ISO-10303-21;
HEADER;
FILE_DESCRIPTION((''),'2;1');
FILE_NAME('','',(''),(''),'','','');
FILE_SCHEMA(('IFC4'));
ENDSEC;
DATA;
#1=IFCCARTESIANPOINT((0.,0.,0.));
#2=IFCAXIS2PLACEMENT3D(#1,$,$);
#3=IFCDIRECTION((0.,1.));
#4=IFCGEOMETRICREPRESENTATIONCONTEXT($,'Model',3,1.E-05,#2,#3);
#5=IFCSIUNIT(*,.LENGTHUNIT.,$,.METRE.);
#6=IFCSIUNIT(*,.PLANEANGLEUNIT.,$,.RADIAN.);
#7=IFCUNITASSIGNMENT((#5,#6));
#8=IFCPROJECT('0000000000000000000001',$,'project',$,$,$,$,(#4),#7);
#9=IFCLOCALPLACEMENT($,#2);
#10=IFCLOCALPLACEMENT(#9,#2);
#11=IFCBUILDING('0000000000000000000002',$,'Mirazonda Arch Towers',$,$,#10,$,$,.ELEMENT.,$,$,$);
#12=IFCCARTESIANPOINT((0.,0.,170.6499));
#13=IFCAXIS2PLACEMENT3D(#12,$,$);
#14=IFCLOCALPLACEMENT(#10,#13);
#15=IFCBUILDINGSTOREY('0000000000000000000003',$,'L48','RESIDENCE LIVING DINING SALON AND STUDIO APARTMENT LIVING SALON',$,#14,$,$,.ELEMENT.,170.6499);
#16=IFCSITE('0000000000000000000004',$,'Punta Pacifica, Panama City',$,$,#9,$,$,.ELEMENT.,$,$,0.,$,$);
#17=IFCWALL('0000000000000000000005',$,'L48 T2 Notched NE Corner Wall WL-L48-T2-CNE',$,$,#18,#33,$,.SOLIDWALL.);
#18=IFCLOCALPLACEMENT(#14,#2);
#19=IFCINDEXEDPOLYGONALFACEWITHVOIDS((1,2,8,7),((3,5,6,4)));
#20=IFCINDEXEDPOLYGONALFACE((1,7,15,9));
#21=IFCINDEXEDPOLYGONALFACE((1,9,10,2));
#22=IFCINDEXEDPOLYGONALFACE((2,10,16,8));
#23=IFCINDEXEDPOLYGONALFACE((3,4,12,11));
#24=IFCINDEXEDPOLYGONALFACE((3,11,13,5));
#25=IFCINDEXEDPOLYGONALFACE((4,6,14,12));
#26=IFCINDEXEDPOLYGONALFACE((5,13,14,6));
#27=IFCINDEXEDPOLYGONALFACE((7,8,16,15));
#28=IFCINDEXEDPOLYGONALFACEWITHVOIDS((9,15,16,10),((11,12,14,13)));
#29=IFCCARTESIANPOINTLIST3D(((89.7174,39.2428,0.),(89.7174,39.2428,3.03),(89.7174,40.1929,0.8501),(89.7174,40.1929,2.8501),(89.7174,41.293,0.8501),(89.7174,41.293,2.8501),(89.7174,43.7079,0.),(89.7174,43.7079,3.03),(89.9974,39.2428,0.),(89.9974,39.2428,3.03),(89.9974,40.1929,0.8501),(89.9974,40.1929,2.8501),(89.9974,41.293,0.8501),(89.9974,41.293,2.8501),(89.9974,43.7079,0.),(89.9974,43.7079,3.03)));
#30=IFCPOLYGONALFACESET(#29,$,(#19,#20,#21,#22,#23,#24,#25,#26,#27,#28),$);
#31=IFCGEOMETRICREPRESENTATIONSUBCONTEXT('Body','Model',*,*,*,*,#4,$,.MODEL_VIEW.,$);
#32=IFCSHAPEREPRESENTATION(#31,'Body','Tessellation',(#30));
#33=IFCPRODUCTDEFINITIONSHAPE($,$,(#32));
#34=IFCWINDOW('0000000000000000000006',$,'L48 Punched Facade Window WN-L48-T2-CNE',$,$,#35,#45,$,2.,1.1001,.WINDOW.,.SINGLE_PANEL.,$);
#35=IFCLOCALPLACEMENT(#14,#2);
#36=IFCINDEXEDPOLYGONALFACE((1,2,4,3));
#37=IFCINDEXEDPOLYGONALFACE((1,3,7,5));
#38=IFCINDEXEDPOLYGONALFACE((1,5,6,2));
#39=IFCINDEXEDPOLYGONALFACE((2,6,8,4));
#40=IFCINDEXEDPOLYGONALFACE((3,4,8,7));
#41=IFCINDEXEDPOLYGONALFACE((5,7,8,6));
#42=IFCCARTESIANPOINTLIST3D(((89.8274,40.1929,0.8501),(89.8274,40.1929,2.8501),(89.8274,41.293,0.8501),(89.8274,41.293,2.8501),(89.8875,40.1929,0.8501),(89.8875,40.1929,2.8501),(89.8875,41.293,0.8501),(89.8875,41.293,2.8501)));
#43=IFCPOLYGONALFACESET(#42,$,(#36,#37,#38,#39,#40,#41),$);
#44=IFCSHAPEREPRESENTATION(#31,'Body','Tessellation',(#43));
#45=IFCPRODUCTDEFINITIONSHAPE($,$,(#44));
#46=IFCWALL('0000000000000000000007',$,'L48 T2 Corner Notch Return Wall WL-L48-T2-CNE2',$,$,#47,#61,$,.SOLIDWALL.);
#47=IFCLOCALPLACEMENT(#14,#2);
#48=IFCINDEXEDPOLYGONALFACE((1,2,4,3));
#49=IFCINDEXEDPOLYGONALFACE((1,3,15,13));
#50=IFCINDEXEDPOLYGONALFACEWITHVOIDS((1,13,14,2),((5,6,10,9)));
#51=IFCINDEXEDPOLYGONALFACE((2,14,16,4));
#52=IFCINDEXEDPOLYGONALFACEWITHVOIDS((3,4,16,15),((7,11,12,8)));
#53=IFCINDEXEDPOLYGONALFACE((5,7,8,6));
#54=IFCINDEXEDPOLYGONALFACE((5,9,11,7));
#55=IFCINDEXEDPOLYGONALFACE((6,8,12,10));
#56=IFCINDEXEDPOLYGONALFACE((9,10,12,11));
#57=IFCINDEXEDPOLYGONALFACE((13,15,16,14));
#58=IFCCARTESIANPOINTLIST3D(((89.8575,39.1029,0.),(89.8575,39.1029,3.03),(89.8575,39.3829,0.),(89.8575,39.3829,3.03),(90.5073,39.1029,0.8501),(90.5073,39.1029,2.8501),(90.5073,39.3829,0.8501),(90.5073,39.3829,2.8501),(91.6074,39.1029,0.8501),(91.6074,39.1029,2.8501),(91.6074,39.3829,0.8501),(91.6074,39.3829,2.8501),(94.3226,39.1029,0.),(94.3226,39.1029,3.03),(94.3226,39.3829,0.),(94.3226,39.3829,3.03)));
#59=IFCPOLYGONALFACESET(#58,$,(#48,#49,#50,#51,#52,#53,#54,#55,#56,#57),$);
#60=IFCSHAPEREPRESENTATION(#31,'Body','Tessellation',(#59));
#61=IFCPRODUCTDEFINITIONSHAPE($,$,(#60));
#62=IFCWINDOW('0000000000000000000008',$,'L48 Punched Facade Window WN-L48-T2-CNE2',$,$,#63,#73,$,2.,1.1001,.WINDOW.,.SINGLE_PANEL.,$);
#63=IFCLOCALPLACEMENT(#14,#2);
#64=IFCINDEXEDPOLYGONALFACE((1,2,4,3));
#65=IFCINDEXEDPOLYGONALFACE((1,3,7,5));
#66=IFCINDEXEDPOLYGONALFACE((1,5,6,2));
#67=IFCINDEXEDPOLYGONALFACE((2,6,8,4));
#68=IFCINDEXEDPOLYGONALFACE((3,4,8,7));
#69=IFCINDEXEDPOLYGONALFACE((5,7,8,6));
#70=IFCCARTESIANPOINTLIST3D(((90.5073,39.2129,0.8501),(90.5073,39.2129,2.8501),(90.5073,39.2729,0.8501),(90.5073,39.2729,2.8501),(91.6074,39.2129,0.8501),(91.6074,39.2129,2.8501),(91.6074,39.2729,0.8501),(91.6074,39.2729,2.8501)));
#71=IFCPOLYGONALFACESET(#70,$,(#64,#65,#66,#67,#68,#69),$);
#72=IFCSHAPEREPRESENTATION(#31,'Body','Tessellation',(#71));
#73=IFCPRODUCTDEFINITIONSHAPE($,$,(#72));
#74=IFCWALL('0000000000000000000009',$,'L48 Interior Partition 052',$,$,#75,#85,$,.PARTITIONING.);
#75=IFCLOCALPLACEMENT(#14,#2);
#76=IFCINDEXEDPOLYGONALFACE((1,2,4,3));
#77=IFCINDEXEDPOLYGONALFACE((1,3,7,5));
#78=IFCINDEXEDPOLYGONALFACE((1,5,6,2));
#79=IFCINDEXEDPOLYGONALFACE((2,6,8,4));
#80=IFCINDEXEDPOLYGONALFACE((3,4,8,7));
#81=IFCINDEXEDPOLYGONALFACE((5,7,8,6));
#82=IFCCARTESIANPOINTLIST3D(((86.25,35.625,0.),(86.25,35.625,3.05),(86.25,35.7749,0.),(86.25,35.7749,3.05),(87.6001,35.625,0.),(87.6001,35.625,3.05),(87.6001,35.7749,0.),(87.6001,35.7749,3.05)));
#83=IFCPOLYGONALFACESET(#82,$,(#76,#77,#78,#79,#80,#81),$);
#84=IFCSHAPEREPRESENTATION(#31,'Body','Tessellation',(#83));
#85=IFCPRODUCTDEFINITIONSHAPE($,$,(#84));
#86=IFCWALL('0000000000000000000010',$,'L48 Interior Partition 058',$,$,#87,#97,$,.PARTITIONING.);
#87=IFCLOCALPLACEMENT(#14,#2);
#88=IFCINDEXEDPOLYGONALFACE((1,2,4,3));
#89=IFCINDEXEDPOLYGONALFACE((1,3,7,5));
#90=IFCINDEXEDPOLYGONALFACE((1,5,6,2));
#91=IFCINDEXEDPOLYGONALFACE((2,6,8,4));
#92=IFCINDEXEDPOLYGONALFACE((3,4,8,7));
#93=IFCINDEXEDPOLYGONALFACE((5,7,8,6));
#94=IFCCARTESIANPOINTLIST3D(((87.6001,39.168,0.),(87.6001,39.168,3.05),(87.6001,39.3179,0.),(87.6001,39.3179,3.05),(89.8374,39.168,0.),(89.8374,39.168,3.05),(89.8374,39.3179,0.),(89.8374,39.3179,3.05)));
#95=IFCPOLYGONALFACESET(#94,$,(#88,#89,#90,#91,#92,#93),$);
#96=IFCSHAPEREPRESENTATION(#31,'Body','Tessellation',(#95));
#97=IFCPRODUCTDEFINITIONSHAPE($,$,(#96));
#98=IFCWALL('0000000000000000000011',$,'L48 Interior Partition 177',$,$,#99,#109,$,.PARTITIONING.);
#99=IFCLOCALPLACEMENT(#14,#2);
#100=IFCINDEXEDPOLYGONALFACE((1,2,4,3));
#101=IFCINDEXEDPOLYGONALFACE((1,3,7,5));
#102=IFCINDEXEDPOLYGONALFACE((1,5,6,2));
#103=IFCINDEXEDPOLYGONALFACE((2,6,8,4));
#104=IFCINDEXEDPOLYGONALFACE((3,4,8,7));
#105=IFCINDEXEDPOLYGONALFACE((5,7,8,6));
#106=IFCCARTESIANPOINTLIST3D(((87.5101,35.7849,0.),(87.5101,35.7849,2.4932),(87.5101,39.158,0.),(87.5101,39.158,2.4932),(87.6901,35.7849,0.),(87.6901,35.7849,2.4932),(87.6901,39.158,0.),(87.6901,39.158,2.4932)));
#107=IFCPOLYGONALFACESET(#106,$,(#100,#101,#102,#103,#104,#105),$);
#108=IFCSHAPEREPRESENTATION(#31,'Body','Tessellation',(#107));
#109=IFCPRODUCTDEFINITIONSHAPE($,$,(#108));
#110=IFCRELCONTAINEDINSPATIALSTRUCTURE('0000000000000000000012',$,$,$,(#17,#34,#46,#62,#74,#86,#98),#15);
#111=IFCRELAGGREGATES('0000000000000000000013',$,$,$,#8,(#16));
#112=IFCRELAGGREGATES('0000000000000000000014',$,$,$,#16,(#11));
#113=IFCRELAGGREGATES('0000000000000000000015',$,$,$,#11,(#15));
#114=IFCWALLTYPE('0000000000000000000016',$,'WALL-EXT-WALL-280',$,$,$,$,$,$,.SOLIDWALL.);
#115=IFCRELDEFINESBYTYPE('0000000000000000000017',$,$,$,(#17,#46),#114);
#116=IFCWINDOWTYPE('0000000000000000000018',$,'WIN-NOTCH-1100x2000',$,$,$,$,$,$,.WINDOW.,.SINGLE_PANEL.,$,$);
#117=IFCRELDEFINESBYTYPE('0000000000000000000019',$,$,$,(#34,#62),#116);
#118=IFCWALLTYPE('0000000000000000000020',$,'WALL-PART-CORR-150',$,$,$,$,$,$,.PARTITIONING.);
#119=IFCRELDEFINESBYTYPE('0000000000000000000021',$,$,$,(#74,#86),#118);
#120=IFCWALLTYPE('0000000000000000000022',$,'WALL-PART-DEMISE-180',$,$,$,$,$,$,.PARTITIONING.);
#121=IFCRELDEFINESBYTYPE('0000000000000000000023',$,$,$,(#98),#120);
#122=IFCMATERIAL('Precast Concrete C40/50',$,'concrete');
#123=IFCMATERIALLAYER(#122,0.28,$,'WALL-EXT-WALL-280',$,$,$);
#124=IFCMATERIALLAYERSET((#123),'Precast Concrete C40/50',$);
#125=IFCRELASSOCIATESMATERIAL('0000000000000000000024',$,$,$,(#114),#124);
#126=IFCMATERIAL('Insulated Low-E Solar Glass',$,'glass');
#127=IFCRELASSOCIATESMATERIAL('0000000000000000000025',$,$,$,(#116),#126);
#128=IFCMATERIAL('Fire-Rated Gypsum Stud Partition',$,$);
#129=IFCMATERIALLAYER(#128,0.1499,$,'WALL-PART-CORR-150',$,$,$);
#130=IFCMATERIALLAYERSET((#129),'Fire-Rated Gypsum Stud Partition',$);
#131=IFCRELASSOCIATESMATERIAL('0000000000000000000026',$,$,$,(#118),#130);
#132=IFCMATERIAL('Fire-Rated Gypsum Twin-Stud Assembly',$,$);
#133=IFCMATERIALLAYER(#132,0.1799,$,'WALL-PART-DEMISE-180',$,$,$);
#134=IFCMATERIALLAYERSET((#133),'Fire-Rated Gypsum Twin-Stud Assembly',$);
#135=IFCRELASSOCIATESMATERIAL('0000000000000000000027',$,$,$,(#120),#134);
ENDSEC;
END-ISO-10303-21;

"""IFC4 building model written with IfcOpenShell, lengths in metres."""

from ifc_helpers import new_model, si_unit, direction, frame, frame_2d, origin, place, context, subcontext, project, spatial, rectangle, extrude, material, layer, layer_set, type_object, element, fill, save


model = new_model("IFC4")

# Units and contexts
model_context = context("Model", 3, precision=1e-05, world=origin(), true_north=direction((0.0, 1.0)))
body_context = subcontext(model_context, "Body", "Model", "MODEL_VIEW")
ifc_project = project(units=[si_unit("LENGTHUNIT", "METRE"), si_unit("PLANEANGLEUNIT", "RADIAN")], contexts=[model_context])

# Site, building, storey
site_placement = place(None, origin())
site = spatial("IfcSite", under=ifc_project, at=site_placement, Name="Punta Pacifica, Panama City", CompositionType="ELEMENT", RefElevation=0.0)
building_placement = place(site_placement, origin())
building = spatial("IfcBuilding", under=site, at=building_placement, Name="Mirazonda Arch Towers", CompositionType="ELEMENT")
storey_placement = place(building_placement, frame((0.0, 0.0, 170.6499)))
storey = spatial("IfcBuildingStorey", under=building, at=storey_placement, Name="L48", Description="RESIDENCE LIVING DINING SALON AND STUDIO APARTMENT LIVING SALON", CompositionType="ELEMENT", Elevation=170.6499)

# Shared definitions
ifc_material_1 = material(Name="Insulated Low-E Solar Glass", Category="glass")

# Walls, openings, windows
ifc_material_2 = material(Name="Precast Concrete C40/50", Category="concrete")
ifc_layer_1 = layer(ifc_material_2, 0.28, Name="WALL-EXT-WALL-280")
ifc_layer_set_1 = layer_set([ifc_layer_1], Name="Precast Concrete C40/50")
wall_type_1 = type_object("IfcWallType", Name="WALL-EXT-WALL-280", PredefinedType="SOLIDWALL", material=ifc_layer_set_1)
wall_1_placement = place(storey_placement, frame((89.8574, 39.2429, 0.0), z_axis=(0.0, 0.0, 1.0), x_axis=(0.0, 1.0, 0.0)))
wall_1 = element("IfcWall", 1, at=wall_1_placement, inside=storey, type_object=wall_type_1, Name="L48 T2 Notched NE Corner Wall WL-L48-T2-CNE", PredefinedType="SOLIDWALL", context=body_context, shape_type="SweptSolid", body=[
    extrude(rectangle(XDim=4.4651, YDim=0.28, at=frame_2d((2.2324, 0.0))), origin(), (0.0, 0.0, 1.0), 3.03),
])
opening_1_placement = place(wall_1_placement, frame((0.95, 0.0, 0.8501)))
opening_1 = element("IfcOpeningElement", 2, at=opening_1_placement, cuts=wall_1, PredefinedType="OPENING", context=body_context, shape_type="SweptSolid", body=[
    extrude(rectangle(XDim=1.1001, YDim=2.0, at=frame_2d((0.55, 1.0))), frame((0.0, 0.1499, 0.0), z_axis=(0.0, -1.0, 0.0), x_axis=(1.0, 0.0, 0.0)), (0.0, 0.0, 1.0), 0.3),
])
window_type = type_object("IfcWindowType", Name="WIN-NOTCH-1100x2000", PartitioningType="SINGLE_PANEL", PredefinedType="WINDOW", material=ifc_material_1)
window_1_placement = place(opening_1_placement, origin())
window_1 = element("IfcWindow", 3, at=window_1_placement, inside=storey, type_object=window_type, Name="L48 Punched Facade Window WN-L48-T2-CNE", OverallHeight=2.0, OverallWidth=1.1001, PartitioningType="SINGLE_PANEL", PredefinedType="WINDOW", context=body_context, shape_type="SweptSolid", body=[
    extrude(rectangle(XDim=1.1001, YDim=2.0, at=frame_2d((0.55, 1.0))), frame((0.0, 0.03, 0.0), z_axis=(0.0, -1.0, 0.0), x_axis=(1.0, 0.0, 0.0)), (0.0, 0.0, 1.0), 0.0601),
])
fill(opening_1, window_1)
wall_2_placement = place(storey_placement, frame((94.3225, 39.2429, 0.0), z_axis=(0.0, 0.0, 1.0), x_axis=(-1.0, 0.0, 0.0)))
wall_2 = element("IfcWall", 4, at=wall_2_placement, inside=storey, type_object=wall_type_1, Name="L48 T2 Corner Notch Return Wall WL-L48-T2-CNE2", PredefinedType="SOLIDWALL", context=body_context, shape_type="SweptSolid", body=[
    extrude(rectangle(XDim=4.4651, YDim=0.28, at=frame_2d((2.2324, 0.0))), origin(), (0.0, 0.0, 1.0), 3.03),
])
opening_2_placement = place(wall_2_placement, frame((2.7151, 0.0, 0.8501)))
opening_2 = element("IfcOpeningElement", 5, at=opening_2_placement, cuts=wall_2, PredefinedType="OPENING", context=body_context, shape_type="SweptSolid", body=[
    extrude(rectangle(XDim=1.1001, YDim=2.0, at=frame_2d((0.55, 1.0))), frame((0.0, 0.1499, 0.0), z_axis=(0.0, -1.0, 0.0), x_axis=(1.0, 0.0, 0.0)), (0.0, 0.0, 1.0), 0.3),
])
window_2_placement = place(opening_2_placement, origin())
window_2 = element("IfcWindow", 6, at=window_2_placement, inside=storey, type_object=window_type, Name="L48 Punched Facade Window WN-L48-T2-CNE2", OverallHeight=2.0, OverallWidth=1.1001, PartitioningType="SINGLE_PANEL", PredefinedType="WINDOW", context=body_context, shape_type="SweptSolid", body=[
    extrude(rectangle(XDim=1.1001, YDim=2.0, at=frame_2d((0.55, 1.0))), frame((0.0, 0.03, 0.0), z_axis=(0.0, -1.0, 0.0), x_axis=(1.0, 0.0, 0.0)), (0.0, 0.0, 1.0), 0.0601),
])
fill(opening_2, window_2)

# Walls
ifc_material_3 = material(Name="Fire-Rated Gypsum Stud Partition")
ifc_layer_2 = layer(ifc_material_3, 0.1499, Name="WALL-PART-CORR-150")
ifc_layer_set_2 = layer_set([ifc_layer_2], Name="Fire-Rated Gypsum Stud Partition")
wall_type_2 = type_object("IfcWallType", Name="WALL-PART-CORR-150", PredefinedType="PARTITIONING", material=ifc_layer_set_2)
wall_3_placement = place(storey_placement, frame((86.25, 35.7, 0.0), z_axis=(0.0, 0.0, 1.0), x_axis=(1.0, 0.0, 0.0)))
element("IfcWall", 7, at=wall_3_placement, inside=storey, type_object=wall_type_2, Name="L48 Interior Partition 052", PredefinedType="PARTITIONING", context=body_context, shape_type="SweptSolid", body=[
    extrude(rectangle(XDim=1.3501, YDim=0.1499, at=frame_2d((0.675, 0.0))), origin(), (0.0, 0.0, 1.0), 3.05),
])
wall_4_placement = place(storey_placement, frame((87.6001, 39.2429, 0.0), z_axis=(0.0, 0.0, 1.0), x_axis=(1.0, 0.0, 0.0)))
element("IfcWall", 8, at=wall_4_placement, inside=storey, type_object=wall_type_2, Name="L48 Interior Partition 058", PredefinedType="PARTITIONING", context=body_context, shape_type="SweptSolid", body=[
    extrude(rectangle(XDim=2.2373, YDim=0.1499, at=frame_2d((1.1187, 0.0))), origin(), (0.0, 0.0, 1.0), 3.05),
])
ifc_material_4 = material(Name="Fire-Rated Gypsum Twin-Stud Assembly")
ifc_layer_3 = layer(ifc_material_4, 0.1799, Name="WALL-PART-DEMISE-180")
ifc_layer_set_3 = layer_set([ifc_layer_3], Name="Fire-Rated Gypsum Twin-Stud Assembly")
wall_type_3 = type_object("IfcWallType", Name="WALL-PART-DEMISE-180", PredefinedType="PARTITIONING", material=ifc_layer_set_3)
wall_5_placement = place(storey_placement, frame((87.6001, 35.7849, 0.0), z_axis=(0.0, 0.0, 1.0), x_axis=(0.0, 1.0, 0.0)))
element("IfcWall", 9, at=wall_5_placement, inside=storey, type_object=wall_type_3, Name="L48 Interior Partition 177", PredefinedType="PARTITIONING", context=body_context, shape_type="SweptSolid", body=[
    extrude(rectangle(XDim=3.373, YDim=0.1799, at=frame_2d((1.6865, 0.0))), origin(), (0.0, 0.0, 1.0), 2.4932),
])

save(model, "model.ifc")
